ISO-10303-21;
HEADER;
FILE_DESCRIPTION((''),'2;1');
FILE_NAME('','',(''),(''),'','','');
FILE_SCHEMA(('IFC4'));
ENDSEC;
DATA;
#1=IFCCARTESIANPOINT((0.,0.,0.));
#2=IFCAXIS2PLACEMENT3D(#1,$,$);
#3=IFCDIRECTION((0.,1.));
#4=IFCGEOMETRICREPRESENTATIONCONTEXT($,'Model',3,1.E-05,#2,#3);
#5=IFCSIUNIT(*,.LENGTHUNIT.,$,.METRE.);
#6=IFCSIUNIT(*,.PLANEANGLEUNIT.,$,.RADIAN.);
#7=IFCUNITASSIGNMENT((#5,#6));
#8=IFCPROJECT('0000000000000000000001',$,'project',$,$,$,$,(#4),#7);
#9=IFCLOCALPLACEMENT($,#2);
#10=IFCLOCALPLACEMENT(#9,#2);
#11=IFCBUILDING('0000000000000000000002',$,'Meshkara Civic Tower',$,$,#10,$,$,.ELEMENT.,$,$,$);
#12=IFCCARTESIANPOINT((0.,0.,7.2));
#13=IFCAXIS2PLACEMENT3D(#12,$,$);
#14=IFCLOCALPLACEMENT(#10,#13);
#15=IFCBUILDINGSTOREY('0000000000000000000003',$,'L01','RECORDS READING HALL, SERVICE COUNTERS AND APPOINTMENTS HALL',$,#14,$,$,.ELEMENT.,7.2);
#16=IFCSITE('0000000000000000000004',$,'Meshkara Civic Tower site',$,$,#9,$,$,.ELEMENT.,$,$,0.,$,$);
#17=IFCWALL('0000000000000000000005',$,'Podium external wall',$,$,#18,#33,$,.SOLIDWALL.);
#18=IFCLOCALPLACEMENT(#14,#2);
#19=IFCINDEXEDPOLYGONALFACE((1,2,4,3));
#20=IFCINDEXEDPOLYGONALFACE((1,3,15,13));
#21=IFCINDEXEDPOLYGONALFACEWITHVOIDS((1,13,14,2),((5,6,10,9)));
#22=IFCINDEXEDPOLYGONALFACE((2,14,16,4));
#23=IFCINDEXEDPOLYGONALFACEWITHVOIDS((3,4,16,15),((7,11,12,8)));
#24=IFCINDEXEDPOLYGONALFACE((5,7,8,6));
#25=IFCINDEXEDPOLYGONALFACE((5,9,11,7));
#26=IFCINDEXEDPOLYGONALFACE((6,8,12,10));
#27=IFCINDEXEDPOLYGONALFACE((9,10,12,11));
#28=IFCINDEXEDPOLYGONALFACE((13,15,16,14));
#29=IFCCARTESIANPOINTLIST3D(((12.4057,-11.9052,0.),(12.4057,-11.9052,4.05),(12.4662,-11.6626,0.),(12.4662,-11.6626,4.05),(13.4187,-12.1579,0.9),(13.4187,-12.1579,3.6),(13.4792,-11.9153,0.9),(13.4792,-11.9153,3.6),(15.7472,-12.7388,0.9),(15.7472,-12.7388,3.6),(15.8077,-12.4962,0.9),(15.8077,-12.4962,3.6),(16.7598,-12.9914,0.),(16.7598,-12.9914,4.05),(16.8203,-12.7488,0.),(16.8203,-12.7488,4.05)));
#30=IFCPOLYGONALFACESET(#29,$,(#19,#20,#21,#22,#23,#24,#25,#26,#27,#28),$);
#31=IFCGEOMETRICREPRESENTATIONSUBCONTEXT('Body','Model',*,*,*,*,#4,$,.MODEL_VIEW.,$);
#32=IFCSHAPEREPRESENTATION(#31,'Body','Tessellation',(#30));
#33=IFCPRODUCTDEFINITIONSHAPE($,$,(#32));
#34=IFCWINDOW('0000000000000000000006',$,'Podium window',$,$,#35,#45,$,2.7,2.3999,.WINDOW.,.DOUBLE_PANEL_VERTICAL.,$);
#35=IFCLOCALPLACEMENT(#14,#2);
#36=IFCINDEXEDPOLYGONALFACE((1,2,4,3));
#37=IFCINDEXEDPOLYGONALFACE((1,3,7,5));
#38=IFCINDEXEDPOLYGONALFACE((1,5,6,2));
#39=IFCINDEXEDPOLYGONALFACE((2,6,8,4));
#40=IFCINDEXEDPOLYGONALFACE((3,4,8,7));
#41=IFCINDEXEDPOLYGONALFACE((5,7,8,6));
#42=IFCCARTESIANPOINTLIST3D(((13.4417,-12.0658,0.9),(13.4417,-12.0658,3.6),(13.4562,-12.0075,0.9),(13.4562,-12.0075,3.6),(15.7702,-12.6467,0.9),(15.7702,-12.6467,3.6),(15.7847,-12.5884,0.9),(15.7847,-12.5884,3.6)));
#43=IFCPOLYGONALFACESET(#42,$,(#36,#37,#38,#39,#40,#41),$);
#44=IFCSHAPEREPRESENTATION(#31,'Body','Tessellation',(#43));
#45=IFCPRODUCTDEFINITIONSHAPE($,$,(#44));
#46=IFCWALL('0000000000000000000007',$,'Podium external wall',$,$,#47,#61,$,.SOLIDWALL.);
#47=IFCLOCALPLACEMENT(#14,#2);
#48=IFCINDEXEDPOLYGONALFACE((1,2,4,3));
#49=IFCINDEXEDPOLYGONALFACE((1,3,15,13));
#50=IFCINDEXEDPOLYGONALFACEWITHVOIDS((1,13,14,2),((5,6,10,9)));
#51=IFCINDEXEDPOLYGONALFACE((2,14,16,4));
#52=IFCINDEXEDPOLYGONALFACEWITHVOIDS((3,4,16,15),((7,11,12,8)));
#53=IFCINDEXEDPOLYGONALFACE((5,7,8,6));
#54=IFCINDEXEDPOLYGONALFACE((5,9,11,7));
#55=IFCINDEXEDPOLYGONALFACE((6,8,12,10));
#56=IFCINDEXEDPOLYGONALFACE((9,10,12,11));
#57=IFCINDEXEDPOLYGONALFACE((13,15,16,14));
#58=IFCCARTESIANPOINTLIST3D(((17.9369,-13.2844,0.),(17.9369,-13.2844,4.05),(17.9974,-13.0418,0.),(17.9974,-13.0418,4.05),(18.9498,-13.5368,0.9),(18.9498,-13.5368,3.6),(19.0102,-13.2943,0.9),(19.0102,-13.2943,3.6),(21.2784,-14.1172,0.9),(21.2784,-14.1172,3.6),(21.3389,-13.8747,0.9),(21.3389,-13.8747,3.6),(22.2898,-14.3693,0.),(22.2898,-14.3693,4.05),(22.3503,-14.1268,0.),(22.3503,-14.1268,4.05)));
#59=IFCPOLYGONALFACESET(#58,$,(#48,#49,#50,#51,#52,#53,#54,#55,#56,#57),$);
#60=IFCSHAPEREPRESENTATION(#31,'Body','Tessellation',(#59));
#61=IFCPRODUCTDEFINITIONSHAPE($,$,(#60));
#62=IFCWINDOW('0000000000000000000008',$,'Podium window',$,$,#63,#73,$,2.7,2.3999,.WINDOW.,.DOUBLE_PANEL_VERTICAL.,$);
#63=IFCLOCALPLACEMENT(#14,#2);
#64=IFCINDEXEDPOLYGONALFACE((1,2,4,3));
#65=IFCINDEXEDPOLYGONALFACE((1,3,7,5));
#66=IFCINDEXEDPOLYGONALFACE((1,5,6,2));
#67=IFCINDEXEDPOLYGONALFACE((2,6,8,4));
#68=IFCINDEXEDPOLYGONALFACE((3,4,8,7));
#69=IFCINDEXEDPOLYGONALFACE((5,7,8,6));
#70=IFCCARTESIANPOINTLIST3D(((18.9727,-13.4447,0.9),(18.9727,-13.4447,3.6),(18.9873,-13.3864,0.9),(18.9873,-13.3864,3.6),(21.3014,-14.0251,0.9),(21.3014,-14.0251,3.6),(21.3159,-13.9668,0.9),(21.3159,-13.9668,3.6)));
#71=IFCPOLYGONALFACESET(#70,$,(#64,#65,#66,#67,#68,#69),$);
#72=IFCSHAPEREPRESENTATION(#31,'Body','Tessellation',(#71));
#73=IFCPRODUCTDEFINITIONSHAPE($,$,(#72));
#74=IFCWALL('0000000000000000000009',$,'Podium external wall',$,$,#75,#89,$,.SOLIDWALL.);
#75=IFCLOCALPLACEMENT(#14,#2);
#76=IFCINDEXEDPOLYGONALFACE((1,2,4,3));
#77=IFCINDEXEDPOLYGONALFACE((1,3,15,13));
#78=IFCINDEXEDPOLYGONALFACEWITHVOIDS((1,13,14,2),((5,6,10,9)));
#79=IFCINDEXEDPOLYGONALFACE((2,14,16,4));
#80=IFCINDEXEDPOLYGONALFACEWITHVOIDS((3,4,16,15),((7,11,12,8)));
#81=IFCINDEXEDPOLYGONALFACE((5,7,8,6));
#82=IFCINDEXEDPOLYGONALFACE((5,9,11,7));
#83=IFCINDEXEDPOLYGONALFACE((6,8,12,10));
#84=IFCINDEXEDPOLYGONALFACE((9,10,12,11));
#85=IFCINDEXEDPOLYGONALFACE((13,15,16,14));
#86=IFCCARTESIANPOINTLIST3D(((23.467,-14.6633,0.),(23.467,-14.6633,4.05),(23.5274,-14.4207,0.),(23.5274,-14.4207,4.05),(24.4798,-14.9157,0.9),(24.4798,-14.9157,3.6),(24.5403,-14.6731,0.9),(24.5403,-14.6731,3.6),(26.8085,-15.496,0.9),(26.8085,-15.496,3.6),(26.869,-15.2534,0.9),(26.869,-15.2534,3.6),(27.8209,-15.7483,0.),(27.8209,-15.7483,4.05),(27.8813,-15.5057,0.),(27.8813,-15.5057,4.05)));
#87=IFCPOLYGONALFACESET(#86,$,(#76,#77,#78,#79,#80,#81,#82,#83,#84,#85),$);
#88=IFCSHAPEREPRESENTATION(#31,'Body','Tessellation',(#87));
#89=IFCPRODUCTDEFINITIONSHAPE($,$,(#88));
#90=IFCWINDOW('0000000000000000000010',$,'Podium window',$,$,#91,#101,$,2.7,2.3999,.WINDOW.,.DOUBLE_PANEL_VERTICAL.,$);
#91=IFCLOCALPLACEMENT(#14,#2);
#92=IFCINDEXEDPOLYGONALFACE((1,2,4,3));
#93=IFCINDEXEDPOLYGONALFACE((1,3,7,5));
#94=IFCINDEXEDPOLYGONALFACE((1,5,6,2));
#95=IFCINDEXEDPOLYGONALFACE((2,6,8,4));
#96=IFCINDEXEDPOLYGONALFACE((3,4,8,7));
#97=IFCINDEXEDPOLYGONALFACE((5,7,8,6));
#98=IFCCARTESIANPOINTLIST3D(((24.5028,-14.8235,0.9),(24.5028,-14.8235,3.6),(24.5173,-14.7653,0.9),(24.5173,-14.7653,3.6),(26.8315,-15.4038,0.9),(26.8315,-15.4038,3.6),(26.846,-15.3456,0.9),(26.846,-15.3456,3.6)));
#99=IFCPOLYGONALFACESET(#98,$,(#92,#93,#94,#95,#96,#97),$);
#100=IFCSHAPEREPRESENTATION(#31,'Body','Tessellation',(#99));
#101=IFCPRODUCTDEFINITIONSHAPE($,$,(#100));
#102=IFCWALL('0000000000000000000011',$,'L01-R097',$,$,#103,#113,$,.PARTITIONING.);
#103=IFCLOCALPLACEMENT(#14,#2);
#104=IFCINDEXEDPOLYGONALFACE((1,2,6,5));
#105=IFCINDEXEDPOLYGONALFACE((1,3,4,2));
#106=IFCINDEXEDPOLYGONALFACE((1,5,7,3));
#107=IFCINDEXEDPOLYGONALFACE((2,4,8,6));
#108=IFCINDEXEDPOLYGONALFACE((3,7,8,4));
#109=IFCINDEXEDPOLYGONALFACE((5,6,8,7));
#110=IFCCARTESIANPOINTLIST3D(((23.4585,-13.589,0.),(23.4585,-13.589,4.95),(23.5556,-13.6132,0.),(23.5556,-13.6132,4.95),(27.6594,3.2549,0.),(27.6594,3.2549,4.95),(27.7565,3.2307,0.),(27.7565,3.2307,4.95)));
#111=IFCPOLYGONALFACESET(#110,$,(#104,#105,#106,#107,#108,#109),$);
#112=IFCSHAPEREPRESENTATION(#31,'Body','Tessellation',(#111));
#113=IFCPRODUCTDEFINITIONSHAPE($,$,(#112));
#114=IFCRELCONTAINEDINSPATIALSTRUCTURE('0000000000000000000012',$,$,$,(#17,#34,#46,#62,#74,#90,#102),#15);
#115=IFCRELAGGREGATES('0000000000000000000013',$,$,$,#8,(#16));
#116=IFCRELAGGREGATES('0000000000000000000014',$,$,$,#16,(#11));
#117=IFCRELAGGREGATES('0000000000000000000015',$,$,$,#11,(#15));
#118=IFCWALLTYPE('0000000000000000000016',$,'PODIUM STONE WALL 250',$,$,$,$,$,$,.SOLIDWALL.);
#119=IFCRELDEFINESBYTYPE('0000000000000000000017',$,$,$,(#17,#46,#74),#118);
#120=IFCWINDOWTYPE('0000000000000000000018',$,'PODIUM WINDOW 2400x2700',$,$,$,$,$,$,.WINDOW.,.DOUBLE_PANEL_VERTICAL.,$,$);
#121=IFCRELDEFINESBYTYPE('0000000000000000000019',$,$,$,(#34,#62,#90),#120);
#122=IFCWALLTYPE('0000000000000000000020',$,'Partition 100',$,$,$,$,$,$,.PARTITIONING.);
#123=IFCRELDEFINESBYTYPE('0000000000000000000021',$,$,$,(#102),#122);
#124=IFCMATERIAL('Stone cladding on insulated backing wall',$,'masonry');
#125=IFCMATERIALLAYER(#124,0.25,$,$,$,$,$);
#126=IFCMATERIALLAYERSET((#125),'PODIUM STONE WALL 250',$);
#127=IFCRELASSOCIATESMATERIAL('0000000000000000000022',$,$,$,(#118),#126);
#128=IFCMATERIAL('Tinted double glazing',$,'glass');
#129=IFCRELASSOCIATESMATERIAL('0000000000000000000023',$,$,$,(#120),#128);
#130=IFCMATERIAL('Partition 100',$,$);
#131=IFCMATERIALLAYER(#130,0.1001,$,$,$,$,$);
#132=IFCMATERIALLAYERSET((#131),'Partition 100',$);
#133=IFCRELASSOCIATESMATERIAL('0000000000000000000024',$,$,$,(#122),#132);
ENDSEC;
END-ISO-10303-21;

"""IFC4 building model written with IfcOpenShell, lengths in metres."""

from ifc_helpers import new_model, si_unit, direction, frame, frame_2d, origin, place, context, subcontext, project, spatial, rectangle, extrude, material, layer, layer_set, type_object, element, fill, save


model = new_model("IFC4")

# Units and contexts
model_context = context("Model", 3, precision=1e-05, world=origin(), true_north=direction((0.0, 1.0)))
body_context = subcontext(model_context, "Body", "Model", "MODEL_VIEW")
ifc_project = project(units=[si_unit("LENGTHUNIT", "METRE"), si_unit("PLANEANGLEUNIT", "RADIAN")], contexts=[model_context])

# Site, building, storey
site_placement = place(None, origin())
site = spatial("IfcSite", under=ifc_project, at=site_placement, Name="Meshkara Civic Tower site", CompositionType="ELEMENT", RefElevation=0.0)
building_placement = place(site_placement, origin())
building = spatial("IfcBuilding", under=site, at=building_placement, Name="Meshkara Civic Tower", CompositionType="ELEMENT")
storey_placement = place(building_placement, frame((0.0, 0.0, 7.2)))
storey = spatial("IfcBuildingStorey", under=building, at=storey_placement, Name="L01", Description="RECORDS READING HALL, SERVICE COUNTERS AND APPOINTMENTS HALL", CompositionType="ELEMENT", Elevation=7.2)

# Walls, openings, windows
ifc_material_1 = material(Name="Stone cladding on insulated backing wall", Category="masonry")
ifc_layer_1 = layer(ifc_material_1, 0.25)
ifc_layer_set_1 = layer_set([ifc_layer_1], Name="PODIUM STONE WALL 250")
wall_type_1 = type_object("IfcWallType", Name="PODIUM STONE WALL 250", PredefinedType="SOLIDWALL", material=ifc_layer_set_1)
wall_1_placement = place(storey_placement, frame((12.436, -11.7839, 0.0), z_axis=(0.0, 0.0, 1.0), x_axis=(0.970264, -0.242049, 0.0)))
wall_1 = element("IfcWall", 1, at=wall_1_placement, inside=storey, type_object=wall_type_1, Name="Podium external wall", PredefinedType="SOLIDWALL", context=body_context, shape_type="SweptSolid", body=[
    extrude(rectangle(XDim=4.4875, YDim=0.25, at=frame_2d((2.2437, 0.0))), origin(), (0.0, 0.0, 1.0), 4.05),
])
opening_1_placement = place(wall_1_placement, frame((1.0439, 0.0, 0.8999)))
opening_1 = element("IfcOpeningElement", 2, at=opening_1_placement, cuts=wall_1, PredefinedType="OPENING", context=body_context, shape_type="SweptSolid", body=[
    extrude(rectangle(XDim=2.3999, YDim=2.7, at=frame_2d((1.2, 1.3501))), frame((0.0, 0.135, 0.0), z_axis=(0.0, -1.0, 0.0), x_axis=(1.0, 0.0, 0.0)), (0.0, 0.0, 1.0), 0.27),
])
ifc_material_2 = material(Name="Tinted double glazing", Category="glass")
window_type = type_object("IfcWindowType", Name="PODIUM WINDOW 2400x2700", PartitioningType="DOUBLE_PANEL_VERTICAL", PredefinedType="WINDOW", material=ifc_material_2)
window_1_placement = place(opening_1_placement, origin())
window_1 = element("IfcWindow", 3, at=window_1_placement, inside=storey, type_object=window_type, Name="Podium window", OverallHeight=2.7, OverallWidth=2.3999, PartitioningType="DOUBLE_PANEL_VERTICAL", PredefinedType="WINDOW", context=body_context, shape_type="SweptSolid", body=[
    extrude(rectangle(XDim=2.3999, YDim=2.7, at=frame_2d((1.2, 1.3501))), frame((0.0, 0.03, 0.0), z_axis=(0.0, -1.0, 0.0), x_axis=(1.0, 0.0, 0.0)), (0.0, 0.0, 1.0), 0.0601),
])
fill(opening_1, window_1)
wall_2_placement = place(storey_placement, frame((17.967, -13.1631, 0.0), z_axis=(0.0, 0.0, 1.0), x_axis=(0.970315, -0.241844, 0.0)))
wall_2 = element("IfcWall", 4, at=wall_2_placement, inside=storey, type_object=wall_type_1, Name="Podium external wall", PredefinedType="SOLIDWALL", context=body_context, shape_type="SweptSolid", body=[
    extrude(rectangle(XDim=4.4861, YDim=0.25, at=frame_2d((2.2432, 0.0))), origin(), (0.0, 0.0, 1.0), 4.05),
])
opening_2_placement = place(wall_2_placement, frame((1.0439, 0.0, 0.8999)))
opening_2 = element("IfcOpeningElement", 5, at=opening_2_placement, cuts=wall_2, PredefinedType="OPENING", context=body_context, shape_type="SweptSolid", body=[
    extrude(rectangle(XDim=2.3999, YDim=2.7, at=frame_2d((1.2, 1.3501))), frame((0.0, 0.135, 0.0), z_axis=(0.0, -1.0, 0.0), x_axis=(1.0, 0.0, 0.0)), (0.0, 0.0, 1.0), 0.27),
])
window_2_placement = place(opening_2_placement, origin())
window_2 = element("IfcWindow", 6, at=window_2_placement, inside=storey, type_object=window_type, Name="Podium window", OverallHeight=2.7, OverallWidth=2.3999, PartitioningType="DOUBLE_PANEL_VERTICAL", PredefinedType="WINDOW", context=body_context, shape_type="SweptSolid", body=[
    extrude(rectangle(XDim=2.3999, YDim=2.7, at=frame_2d((1.2, 1.3501))), frame((0.0, 0.03, 0.0), z_axis=(0.0, -1.0, 0.0), x_axis=(1.0, 0.0, 0.0)), (0.0, 0.0, 1.0), 0.0601),
])
fill(opening_2, window_2)
wall_3_placement = place(storey_placement, frame((23.4971, -14.542, 0.0), z_axis=(0.0, 0.0, 1.0), x_axis=(0.970328, -0.241793, 0.0)))
wall_3 = element("IfcWall", 7, at=wall_3_placement, inside=storey, type_object=wall_type_1, Name="Podium external wall", PredefinedType="SOLIDWALL", context=body_context, shape_type="SweptSolid", body=[
    extrude(rectangle(XDim=4.4871, YDim=0.25, at=frame_2d((2.2437, 0.0))), origin(), (0.0, 0.0, 1.0), 4.05),
])
opening_3_placement = place(wall_3_placement, frame((1.0439, 0.0, 0.8999)))
opening_3 = element("IfcOpeningElement", 8, at=opening_3_placement, cuts=wall_3, PredefinedType="OPENING", context=body_context, shape_type="SweptSolid", body=[
    extrude(rectangle(XDim=2.3999, YDim=2.7, at=frame_2d((1.2, 1.3501))), frame((0.0, 0.135, 0.0), z_axis=(0.0, -1.0, 0.0), x_axis=(1.0, 0.0, 0.0)), (0.0, 0.0, 1.0), 0.27),
])
window_3_placement = place(opening_3_placement, origin())
window_3 = element("IfcWindow", 9, at=window_3_placement, inside=storey, type_object=window_type, Name="Podium window", OverallHeight=2.7, OverallWidth=2.3999, PartitioningType="DOUBLE_PANEL_VERTICAL", PredefinedType="WINDOW", context=body_context, shape_type="SweptSolid", body=[
    extrude(rectangle(XDim=2.3999, YDim=2.7, at=frame_2d((1.2, 1.3501))), frame((0.0, 0.03, 0.0), z_axis=(0.0, -1.0, 0.0), x_axis=(1.0, 0.0, 0.0)), (0.0, 0.0, 1.0), 0.0601),
])
fill(opening_3, window_3)

# Wall
ifc_material_3 = material(Name="Partition 100")
ifc_layer_2 = layer(ifc_material_3, 0.1001)
ifc_layer_set_2 = layer_set([ifc_layer_2], Name="Partition 100")
wall_type_2 = type_object("IfcWallType", Name="Partition 100", PredefinedType="PARTITIONING", material=ifc_layer_set_2)
wall_4_placement = place(storey_placement, frame((23.5071, -13.6011, 0.0), z_axis=(0.0, 0.0, 1.0), x_axis=(0.24199, 0.970279, 0.0)))
element("IfcWall", 10, at=wall_4_placement, inside=storey, type_object=wall_type_2, Name="L01-R097", PredefinedType="PARTITIONING", context=body_context, shape_type="SweptSolid", body=[
    extrude(rectangle(XDim=17.3599, YDim=0.1001, at=frame_2d((8.6799, 0.0))), origin(), (0.0, 0.0, 1.0), 4.95),
])

save(model, "model.ifc")
